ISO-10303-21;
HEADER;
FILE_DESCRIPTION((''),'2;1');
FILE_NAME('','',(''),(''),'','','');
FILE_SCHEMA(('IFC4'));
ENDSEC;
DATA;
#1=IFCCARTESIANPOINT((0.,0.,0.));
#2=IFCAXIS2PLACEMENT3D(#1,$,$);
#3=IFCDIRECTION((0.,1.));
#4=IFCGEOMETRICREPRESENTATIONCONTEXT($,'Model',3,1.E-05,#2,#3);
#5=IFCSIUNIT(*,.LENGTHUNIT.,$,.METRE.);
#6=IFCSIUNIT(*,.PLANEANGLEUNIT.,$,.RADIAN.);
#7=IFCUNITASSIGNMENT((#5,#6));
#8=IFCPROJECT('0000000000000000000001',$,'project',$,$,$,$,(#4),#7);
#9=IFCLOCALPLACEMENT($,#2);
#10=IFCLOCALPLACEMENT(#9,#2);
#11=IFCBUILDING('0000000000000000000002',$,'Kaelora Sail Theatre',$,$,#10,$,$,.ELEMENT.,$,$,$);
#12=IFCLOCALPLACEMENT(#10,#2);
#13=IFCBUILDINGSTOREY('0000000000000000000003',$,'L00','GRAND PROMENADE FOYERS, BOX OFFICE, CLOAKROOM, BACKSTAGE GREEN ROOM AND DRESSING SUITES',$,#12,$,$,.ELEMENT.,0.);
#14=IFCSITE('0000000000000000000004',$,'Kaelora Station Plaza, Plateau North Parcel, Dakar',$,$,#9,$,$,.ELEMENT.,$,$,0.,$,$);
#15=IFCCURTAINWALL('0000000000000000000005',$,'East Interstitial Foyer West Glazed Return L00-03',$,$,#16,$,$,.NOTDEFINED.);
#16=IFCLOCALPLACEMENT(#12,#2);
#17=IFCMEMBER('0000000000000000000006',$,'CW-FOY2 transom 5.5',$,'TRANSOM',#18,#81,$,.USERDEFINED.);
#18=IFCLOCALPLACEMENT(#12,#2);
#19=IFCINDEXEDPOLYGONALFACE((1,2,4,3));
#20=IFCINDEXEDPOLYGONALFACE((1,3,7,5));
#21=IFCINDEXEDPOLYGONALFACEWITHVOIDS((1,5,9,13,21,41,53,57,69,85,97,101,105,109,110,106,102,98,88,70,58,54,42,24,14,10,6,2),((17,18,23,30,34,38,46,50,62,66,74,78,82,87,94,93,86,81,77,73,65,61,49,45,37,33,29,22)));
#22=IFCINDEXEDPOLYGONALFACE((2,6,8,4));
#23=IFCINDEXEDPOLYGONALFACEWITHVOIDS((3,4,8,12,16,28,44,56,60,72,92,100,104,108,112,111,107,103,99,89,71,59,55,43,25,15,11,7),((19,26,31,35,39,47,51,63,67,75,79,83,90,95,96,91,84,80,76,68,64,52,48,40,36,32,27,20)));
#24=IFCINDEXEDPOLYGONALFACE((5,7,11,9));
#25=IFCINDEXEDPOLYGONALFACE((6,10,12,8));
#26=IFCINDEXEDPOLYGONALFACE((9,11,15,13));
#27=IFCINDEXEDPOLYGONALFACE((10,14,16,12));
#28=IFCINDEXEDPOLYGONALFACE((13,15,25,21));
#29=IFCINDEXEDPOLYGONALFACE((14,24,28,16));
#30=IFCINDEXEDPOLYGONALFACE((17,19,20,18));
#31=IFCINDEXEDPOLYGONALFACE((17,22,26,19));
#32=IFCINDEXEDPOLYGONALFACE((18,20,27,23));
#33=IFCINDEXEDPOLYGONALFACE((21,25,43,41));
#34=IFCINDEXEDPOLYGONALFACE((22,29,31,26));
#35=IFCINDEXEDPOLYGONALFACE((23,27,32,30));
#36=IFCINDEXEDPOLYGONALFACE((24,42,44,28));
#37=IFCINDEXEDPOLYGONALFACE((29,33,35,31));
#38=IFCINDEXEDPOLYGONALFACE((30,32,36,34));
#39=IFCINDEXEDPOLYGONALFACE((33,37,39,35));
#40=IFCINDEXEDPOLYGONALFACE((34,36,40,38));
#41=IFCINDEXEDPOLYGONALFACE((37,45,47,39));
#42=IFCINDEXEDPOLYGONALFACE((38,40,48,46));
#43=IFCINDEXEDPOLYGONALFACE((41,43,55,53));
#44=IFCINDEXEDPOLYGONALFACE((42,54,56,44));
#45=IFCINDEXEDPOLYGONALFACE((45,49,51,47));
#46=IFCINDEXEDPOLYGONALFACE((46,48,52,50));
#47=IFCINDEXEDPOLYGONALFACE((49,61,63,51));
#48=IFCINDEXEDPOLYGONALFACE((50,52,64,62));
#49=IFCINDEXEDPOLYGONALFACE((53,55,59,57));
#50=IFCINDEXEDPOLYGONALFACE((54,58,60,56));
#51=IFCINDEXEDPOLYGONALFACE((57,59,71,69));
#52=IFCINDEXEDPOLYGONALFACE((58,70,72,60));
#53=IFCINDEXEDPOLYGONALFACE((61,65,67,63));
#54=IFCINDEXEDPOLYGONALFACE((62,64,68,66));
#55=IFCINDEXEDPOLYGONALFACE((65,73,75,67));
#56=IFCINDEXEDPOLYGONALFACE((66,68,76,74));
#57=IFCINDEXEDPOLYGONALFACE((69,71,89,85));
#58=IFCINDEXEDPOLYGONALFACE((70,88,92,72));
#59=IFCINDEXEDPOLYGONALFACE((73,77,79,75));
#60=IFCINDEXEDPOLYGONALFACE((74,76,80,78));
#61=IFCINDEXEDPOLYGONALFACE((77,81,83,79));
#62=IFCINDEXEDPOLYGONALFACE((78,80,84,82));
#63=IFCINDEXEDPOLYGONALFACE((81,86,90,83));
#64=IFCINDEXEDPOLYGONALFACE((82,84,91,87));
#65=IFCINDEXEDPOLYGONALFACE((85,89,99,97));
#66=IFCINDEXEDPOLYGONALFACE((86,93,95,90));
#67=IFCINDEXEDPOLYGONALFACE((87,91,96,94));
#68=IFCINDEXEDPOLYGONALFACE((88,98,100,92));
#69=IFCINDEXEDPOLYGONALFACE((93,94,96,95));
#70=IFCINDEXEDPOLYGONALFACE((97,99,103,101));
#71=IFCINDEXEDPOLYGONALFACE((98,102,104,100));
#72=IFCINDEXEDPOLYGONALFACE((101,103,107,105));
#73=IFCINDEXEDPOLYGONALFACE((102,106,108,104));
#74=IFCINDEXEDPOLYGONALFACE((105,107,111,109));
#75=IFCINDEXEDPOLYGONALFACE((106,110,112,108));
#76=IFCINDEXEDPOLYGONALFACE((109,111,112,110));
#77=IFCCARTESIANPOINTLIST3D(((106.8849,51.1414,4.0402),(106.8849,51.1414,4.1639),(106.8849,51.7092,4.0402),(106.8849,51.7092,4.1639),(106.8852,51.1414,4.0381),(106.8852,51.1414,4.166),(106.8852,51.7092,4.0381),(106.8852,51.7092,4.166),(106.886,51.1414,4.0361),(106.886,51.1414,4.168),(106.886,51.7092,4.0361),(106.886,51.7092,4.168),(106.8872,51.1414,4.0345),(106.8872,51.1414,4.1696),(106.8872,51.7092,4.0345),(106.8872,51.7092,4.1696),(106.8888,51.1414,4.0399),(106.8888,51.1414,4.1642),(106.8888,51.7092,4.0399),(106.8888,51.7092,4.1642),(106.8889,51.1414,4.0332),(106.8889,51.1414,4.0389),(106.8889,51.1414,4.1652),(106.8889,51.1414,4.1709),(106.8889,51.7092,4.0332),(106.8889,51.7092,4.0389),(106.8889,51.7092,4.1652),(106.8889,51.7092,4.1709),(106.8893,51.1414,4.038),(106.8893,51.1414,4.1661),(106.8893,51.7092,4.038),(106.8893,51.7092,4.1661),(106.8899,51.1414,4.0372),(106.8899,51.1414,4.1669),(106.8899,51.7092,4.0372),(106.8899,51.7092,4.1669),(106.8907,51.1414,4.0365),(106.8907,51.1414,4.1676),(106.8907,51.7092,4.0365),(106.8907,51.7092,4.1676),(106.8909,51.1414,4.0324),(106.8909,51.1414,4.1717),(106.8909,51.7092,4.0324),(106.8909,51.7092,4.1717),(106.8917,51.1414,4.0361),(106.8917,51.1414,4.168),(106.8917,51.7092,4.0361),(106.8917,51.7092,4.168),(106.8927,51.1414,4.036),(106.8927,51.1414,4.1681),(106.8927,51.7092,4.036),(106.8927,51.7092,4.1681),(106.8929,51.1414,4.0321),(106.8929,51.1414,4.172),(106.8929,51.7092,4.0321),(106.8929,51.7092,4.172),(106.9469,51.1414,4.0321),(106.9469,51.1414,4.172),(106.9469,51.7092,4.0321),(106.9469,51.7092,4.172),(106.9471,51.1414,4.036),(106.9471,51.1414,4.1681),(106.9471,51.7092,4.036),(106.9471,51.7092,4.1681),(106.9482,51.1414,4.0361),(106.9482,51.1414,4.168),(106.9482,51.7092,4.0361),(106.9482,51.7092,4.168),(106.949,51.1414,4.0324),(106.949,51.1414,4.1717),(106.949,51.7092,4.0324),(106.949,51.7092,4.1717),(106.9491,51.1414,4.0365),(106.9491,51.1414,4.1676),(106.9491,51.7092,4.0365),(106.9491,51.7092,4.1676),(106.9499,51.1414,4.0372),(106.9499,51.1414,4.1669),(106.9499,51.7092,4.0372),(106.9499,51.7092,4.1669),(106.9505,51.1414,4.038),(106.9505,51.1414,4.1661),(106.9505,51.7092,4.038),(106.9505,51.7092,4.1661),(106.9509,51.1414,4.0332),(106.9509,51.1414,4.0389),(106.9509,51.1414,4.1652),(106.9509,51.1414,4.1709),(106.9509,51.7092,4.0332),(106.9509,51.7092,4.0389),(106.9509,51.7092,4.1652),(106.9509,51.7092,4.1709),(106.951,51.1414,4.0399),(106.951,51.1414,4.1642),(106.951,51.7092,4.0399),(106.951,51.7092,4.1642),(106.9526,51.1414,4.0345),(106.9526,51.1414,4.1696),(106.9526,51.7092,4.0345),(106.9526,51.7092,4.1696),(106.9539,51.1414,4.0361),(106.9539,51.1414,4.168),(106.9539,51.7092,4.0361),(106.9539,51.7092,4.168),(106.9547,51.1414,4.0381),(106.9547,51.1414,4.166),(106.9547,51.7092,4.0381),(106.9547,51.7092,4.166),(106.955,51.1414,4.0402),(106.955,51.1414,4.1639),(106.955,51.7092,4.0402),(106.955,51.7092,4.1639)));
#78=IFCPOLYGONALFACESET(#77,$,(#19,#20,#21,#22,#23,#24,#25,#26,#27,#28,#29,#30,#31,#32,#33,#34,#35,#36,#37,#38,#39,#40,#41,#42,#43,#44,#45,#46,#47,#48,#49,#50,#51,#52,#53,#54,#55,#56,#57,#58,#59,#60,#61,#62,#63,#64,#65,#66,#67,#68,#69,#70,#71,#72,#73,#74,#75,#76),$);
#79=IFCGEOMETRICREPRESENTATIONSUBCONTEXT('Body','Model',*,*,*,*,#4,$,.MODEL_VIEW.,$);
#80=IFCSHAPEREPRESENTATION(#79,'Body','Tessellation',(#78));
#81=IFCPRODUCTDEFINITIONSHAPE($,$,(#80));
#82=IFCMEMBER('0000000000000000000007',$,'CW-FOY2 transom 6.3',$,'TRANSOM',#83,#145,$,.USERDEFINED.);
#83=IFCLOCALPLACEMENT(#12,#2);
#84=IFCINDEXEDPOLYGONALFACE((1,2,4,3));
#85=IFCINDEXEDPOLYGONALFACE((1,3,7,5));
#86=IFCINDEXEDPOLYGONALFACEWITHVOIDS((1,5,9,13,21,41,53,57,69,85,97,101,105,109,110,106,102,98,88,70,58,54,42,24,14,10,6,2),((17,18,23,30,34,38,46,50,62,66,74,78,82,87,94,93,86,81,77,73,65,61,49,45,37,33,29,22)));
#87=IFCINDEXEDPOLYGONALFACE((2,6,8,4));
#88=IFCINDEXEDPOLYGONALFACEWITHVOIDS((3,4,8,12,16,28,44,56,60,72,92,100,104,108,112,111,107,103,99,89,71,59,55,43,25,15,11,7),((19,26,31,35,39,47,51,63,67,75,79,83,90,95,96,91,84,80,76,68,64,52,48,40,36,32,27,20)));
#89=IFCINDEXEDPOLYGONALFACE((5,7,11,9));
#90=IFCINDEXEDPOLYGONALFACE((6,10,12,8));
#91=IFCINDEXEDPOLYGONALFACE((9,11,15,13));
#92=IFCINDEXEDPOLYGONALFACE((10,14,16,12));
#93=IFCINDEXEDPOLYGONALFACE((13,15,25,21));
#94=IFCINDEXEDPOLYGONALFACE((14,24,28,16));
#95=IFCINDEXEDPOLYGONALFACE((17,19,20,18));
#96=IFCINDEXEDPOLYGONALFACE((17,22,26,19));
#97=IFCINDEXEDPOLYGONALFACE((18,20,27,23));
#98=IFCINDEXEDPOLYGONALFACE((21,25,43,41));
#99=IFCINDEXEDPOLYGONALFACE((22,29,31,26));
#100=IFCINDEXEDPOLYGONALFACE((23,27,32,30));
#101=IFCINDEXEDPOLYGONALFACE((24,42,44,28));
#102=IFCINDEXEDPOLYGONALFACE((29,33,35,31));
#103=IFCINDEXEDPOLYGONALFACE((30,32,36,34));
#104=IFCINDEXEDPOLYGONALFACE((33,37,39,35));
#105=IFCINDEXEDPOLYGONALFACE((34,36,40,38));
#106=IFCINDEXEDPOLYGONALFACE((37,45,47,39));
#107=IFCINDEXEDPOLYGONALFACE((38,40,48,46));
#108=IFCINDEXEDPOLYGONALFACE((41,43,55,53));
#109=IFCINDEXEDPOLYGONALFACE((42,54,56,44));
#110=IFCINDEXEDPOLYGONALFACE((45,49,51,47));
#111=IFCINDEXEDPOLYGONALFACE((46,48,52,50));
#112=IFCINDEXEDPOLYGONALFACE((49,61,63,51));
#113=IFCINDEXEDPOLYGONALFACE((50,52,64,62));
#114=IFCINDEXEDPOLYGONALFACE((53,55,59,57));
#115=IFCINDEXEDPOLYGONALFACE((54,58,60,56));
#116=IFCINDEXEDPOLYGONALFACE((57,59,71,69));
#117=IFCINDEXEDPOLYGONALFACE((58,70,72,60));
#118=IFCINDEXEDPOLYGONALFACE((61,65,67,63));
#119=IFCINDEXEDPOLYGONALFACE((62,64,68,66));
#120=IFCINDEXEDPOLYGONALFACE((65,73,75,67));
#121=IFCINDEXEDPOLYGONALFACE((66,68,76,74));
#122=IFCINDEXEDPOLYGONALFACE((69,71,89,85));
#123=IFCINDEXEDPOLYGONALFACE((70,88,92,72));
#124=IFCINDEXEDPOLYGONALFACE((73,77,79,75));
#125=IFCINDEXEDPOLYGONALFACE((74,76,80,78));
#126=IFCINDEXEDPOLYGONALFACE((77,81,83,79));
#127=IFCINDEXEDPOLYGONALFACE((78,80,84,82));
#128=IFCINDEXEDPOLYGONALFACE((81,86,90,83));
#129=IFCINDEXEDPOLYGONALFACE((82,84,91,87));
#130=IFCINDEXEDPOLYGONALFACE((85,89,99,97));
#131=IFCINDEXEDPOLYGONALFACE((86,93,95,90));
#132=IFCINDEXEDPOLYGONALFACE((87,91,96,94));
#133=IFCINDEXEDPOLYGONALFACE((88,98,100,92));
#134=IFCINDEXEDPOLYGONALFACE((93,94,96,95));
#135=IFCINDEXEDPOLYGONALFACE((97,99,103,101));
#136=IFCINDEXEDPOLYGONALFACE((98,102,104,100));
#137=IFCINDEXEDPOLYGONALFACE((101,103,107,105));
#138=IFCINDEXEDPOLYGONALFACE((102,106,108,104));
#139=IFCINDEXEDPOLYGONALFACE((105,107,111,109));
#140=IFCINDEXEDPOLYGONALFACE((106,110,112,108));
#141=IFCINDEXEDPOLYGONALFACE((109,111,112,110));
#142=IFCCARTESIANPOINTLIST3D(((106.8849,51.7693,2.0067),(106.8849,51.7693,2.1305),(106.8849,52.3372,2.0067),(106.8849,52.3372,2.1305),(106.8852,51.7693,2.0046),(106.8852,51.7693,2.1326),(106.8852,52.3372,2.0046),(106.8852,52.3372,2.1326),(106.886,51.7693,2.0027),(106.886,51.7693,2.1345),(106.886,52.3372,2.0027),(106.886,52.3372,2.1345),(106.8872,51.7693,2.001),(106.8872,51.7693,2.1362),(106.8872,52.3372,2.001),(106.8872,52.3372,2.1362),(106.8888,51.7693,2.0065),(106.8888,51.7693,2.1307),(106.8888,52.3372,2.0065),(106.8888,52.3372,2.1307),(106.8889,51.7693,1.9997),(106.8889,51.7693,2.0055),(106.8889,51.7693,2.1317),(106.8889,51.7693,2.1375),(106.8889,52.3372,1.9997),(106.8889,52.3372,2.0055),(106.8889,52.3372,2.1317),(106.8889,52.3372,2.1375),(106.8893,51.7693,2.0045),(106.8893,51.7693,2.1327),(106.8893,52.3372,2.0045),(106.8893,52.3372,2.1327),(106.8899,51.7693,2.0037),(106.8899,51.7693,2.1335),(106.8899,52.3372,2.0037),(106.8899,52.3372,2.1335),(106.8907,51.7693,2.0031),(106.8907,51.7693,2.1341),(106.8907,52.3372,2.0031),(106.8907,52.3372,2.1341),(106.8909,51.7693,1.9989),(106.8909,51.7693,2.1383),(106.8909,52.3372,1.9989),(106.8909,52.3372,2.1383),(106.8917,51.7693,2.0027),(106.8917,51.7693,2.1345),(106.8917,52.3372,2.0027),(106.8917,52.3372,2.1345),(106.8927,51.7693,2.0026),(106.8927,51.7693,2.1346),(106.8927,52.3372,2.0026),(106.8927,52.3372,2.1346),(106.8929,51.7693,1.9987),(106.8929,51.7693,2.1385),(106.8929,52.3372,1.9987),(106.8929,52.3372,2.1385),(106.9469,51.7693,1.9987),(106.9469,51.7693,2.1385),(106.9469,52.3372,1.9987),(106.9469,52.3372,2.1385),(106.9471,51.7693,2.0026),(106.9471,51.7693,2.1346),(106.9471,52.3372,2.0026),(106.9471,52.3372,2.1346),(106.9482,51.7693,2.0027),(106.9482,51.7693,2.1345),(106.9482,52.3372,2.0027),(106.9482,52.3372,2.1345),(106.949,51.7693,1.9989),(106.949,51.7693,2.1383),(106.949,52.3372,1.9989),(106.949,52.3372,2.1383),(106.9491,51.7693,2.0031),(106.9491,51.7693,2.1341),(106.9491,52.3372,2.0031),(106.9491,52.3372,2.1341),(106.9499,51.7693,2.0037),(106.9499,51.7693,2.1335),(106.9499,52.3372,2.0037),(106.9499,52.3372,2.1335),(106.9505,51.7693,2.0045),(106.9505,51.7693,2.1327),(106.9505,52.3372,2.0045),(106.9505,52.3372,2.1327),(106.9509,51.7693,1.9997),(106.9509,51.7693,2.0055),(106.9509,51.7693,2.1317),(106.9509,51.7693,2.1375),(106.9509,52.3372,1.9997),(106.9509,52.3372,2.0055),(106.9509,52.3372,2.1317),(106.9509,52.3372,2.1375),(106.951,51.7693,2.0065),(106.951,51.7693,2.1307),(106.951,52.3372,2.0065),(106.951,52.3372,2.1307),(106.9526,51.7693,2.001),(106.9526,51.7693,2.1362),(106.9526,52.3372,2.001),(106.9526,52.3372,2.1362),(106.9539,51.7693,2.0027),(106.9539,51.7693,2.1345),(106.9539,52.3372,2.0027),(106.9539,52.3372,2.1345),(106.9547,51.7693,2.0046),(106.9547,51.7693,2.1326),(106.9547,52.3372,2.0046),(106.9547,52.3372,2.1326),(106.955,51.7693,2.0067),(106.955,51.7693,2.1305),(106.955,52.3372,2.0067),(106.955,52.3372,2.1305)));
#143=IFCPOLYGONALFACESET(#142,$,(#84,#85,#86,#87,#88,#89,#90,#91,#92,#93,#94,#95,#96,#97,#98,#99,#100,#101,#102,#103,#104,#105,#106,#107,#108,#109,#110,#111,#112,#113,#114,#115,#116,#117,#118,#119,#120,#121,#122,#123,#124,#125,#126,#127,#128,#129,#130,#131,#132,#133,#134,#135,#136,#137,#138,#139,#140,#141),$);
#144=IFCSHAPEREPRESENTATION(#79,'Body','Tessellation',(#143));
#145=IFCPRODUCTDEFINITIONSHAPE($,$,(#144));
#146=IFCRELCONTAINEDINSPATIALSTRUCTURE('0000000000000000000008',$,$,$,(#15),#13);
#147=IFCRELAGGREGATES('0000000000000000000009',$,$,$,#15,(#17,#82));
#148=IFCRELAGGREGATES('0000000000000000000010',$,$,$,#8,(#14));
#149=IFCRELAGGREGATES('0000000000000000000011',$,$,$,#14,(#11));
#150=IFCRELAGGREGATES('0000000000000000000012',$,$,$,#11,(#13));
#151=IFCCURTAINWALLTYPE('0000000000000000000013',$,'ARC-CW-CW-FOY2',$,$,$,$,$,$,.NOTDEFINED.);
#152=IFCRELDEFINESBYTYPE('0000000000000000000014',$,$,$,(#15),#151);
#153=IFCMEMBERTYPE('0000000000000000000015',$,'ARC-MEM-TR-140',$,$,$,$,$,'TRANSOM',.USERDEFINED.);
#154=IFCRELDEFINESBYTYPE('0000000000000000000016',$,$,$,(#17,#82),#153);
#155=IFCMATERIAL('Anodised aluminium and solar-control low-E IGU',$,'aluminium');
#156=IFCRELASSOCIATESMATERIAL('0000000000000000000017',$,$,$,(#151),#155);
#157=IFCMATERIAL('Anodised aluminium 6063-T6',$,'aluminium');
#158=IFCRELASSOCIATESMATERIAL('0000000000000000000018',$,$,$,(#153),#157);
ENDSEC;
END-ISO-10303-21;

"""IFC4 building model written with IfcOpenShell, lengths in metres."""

from ifc_helpers import new_model, si_unit, direction, frame, origin, origin_2d, place, context, subcontext, project, spatial, hollow_rectangle, extrude, material, material_profile, profile_set, type_object, element, aggregate, save


model = new_model("IFC4")

# Units and contexts
model_context = context("Model", 3, precision=1e-05, world=origin(), true_north=direction((0.0, 1.0)))
body_context = subcontext(model_context, "Body", "Model", "MODEL_VIEW")
ifc_project = project(units=[si_unit("LENGTHUNIT", "METRE"), si_unit("PLANEANGLEUNIT", "RADIAN")], contexts=[model_context])

# Site, building, storey
site_placement = place(None, origin())
site = spatial("IfcSite", under=ifc_project, at=site_placement, Name="Kaelora Station Plaza, Plateau North Parcel, Dakar", CompositionType="ELEMENT", RefElevation=0.0)
building_placement = place(site_placement, origin())
building = spatial("IfcBuilding", under=site, at=building_placement, Name="Kaelora Sail Theatre", CompositionType="ELEMENT")
storey_placement = place(building_placement, origin())
storey = spatial("IfcBuildingStorey", under=building, at=storey_placement, Name="L00", Description="GRAND PROMENADE FOYERS, BOX OFFICE, CLOAKROOM, BACKSTAGE GREEN ROOM AND DRESSING SUITES", CompositionType="ELEMENT", Elevation=0.0)

# Curtain wall, members
ifc_material_1 = material(Name="Anodised aluminium and solar-control low-E IGU", Category="aluminium")
curtain_wall_type = type_object("IfcCurtainWallType", Name="ARC-CW-CW-FOY2", PredefinedType="NOTDEFINED", material=ifc_material_1)
curtain_wall_1_placement = place(storey_placement, origin())
curtain_wall_1 = element("IfcCurtainWall", 1, at=curtain_wall_1_placement, inside=storey, type_object=curtain_wall_type, Name="East Interstitial Foyer West Glazed Return L00-03", PredefinedType="NOTDEFINED")
ifc_material_2 = material(Name="Anodised aluminium 6063-T6", Category="aluminium")
ifc_material_profile = material_profile(ifc_material_2, hollow_rectangle(XDim=0.0701, YDim=0.1399, WallThickness=0.0039, InnerFilletRadius=0.0039, OuterFilletRadius=0.0081, at=origin_2d()), Name="ALU-TRAN 70x140x4")
ifc_profile_set = profile_set([ifc_material_profile], Name="Anodised aluminium 6063-T6")
member_type = type_object("IfcMemberType", Name="ARC-MEM-TR-140", ElementType="TRANSOM", PredefinedType="USERDEFINED", material=ifc_profile_set)
member_1_placement = place(storey_placement, frame((106.9199, 51.1414, 4.1021), z_axis=(0.0, 1.0, 0.0), x_axis=(-1.0, 0.0, 0.0)))
member_1 = element("IfcMember", 2, at=member_1_placement, type_object=member_type, Name="CW-FOY2 transom 5.5", ObjectType="TRANSOM", PredefinedType="USERDEFINED", context=body_context, shape_type="SweptSolid", body=[
    extrude(hollow_rectangle(XDim=0.0701, YDim=0.1399, WallThickness=0.0039, InnerFilletRadius=0.0039, OuterFilletRadius=0.0081, at=origin_2d()), origin(), (0.0, 0.0, 1.0), 0.5679),
])
member_2_placement = place(storey_placement, frame((106.9199, 51.7693, 2.0686), z_axis=(0.0, 1.0, 0.0), x_axis=(-1.0, 0.0, 0.0)))
member_2 = element("IfcMember", 3, at=member_2_placement, type_object=member_type, Name="CW-FOY2 transom 6.3", ObjectType="TRANSOM", PredefinedType="USERDEFINED", context=body_context, shape_type="SweptSolid", body=[
    extrude(hollow_rectangle(XDim=0.0701, YDim=0.1399, WallThickness=0.0039, InnerFilletRadius=0.0039, OuterFilletRadius=0.0081, at=origin_2d()), origin(), (0.0, 0.0, 1.0), 0.5679),
])

aggregate(curtain_wall_1, [member_1, member_2])

save(model, "model.ifc")
